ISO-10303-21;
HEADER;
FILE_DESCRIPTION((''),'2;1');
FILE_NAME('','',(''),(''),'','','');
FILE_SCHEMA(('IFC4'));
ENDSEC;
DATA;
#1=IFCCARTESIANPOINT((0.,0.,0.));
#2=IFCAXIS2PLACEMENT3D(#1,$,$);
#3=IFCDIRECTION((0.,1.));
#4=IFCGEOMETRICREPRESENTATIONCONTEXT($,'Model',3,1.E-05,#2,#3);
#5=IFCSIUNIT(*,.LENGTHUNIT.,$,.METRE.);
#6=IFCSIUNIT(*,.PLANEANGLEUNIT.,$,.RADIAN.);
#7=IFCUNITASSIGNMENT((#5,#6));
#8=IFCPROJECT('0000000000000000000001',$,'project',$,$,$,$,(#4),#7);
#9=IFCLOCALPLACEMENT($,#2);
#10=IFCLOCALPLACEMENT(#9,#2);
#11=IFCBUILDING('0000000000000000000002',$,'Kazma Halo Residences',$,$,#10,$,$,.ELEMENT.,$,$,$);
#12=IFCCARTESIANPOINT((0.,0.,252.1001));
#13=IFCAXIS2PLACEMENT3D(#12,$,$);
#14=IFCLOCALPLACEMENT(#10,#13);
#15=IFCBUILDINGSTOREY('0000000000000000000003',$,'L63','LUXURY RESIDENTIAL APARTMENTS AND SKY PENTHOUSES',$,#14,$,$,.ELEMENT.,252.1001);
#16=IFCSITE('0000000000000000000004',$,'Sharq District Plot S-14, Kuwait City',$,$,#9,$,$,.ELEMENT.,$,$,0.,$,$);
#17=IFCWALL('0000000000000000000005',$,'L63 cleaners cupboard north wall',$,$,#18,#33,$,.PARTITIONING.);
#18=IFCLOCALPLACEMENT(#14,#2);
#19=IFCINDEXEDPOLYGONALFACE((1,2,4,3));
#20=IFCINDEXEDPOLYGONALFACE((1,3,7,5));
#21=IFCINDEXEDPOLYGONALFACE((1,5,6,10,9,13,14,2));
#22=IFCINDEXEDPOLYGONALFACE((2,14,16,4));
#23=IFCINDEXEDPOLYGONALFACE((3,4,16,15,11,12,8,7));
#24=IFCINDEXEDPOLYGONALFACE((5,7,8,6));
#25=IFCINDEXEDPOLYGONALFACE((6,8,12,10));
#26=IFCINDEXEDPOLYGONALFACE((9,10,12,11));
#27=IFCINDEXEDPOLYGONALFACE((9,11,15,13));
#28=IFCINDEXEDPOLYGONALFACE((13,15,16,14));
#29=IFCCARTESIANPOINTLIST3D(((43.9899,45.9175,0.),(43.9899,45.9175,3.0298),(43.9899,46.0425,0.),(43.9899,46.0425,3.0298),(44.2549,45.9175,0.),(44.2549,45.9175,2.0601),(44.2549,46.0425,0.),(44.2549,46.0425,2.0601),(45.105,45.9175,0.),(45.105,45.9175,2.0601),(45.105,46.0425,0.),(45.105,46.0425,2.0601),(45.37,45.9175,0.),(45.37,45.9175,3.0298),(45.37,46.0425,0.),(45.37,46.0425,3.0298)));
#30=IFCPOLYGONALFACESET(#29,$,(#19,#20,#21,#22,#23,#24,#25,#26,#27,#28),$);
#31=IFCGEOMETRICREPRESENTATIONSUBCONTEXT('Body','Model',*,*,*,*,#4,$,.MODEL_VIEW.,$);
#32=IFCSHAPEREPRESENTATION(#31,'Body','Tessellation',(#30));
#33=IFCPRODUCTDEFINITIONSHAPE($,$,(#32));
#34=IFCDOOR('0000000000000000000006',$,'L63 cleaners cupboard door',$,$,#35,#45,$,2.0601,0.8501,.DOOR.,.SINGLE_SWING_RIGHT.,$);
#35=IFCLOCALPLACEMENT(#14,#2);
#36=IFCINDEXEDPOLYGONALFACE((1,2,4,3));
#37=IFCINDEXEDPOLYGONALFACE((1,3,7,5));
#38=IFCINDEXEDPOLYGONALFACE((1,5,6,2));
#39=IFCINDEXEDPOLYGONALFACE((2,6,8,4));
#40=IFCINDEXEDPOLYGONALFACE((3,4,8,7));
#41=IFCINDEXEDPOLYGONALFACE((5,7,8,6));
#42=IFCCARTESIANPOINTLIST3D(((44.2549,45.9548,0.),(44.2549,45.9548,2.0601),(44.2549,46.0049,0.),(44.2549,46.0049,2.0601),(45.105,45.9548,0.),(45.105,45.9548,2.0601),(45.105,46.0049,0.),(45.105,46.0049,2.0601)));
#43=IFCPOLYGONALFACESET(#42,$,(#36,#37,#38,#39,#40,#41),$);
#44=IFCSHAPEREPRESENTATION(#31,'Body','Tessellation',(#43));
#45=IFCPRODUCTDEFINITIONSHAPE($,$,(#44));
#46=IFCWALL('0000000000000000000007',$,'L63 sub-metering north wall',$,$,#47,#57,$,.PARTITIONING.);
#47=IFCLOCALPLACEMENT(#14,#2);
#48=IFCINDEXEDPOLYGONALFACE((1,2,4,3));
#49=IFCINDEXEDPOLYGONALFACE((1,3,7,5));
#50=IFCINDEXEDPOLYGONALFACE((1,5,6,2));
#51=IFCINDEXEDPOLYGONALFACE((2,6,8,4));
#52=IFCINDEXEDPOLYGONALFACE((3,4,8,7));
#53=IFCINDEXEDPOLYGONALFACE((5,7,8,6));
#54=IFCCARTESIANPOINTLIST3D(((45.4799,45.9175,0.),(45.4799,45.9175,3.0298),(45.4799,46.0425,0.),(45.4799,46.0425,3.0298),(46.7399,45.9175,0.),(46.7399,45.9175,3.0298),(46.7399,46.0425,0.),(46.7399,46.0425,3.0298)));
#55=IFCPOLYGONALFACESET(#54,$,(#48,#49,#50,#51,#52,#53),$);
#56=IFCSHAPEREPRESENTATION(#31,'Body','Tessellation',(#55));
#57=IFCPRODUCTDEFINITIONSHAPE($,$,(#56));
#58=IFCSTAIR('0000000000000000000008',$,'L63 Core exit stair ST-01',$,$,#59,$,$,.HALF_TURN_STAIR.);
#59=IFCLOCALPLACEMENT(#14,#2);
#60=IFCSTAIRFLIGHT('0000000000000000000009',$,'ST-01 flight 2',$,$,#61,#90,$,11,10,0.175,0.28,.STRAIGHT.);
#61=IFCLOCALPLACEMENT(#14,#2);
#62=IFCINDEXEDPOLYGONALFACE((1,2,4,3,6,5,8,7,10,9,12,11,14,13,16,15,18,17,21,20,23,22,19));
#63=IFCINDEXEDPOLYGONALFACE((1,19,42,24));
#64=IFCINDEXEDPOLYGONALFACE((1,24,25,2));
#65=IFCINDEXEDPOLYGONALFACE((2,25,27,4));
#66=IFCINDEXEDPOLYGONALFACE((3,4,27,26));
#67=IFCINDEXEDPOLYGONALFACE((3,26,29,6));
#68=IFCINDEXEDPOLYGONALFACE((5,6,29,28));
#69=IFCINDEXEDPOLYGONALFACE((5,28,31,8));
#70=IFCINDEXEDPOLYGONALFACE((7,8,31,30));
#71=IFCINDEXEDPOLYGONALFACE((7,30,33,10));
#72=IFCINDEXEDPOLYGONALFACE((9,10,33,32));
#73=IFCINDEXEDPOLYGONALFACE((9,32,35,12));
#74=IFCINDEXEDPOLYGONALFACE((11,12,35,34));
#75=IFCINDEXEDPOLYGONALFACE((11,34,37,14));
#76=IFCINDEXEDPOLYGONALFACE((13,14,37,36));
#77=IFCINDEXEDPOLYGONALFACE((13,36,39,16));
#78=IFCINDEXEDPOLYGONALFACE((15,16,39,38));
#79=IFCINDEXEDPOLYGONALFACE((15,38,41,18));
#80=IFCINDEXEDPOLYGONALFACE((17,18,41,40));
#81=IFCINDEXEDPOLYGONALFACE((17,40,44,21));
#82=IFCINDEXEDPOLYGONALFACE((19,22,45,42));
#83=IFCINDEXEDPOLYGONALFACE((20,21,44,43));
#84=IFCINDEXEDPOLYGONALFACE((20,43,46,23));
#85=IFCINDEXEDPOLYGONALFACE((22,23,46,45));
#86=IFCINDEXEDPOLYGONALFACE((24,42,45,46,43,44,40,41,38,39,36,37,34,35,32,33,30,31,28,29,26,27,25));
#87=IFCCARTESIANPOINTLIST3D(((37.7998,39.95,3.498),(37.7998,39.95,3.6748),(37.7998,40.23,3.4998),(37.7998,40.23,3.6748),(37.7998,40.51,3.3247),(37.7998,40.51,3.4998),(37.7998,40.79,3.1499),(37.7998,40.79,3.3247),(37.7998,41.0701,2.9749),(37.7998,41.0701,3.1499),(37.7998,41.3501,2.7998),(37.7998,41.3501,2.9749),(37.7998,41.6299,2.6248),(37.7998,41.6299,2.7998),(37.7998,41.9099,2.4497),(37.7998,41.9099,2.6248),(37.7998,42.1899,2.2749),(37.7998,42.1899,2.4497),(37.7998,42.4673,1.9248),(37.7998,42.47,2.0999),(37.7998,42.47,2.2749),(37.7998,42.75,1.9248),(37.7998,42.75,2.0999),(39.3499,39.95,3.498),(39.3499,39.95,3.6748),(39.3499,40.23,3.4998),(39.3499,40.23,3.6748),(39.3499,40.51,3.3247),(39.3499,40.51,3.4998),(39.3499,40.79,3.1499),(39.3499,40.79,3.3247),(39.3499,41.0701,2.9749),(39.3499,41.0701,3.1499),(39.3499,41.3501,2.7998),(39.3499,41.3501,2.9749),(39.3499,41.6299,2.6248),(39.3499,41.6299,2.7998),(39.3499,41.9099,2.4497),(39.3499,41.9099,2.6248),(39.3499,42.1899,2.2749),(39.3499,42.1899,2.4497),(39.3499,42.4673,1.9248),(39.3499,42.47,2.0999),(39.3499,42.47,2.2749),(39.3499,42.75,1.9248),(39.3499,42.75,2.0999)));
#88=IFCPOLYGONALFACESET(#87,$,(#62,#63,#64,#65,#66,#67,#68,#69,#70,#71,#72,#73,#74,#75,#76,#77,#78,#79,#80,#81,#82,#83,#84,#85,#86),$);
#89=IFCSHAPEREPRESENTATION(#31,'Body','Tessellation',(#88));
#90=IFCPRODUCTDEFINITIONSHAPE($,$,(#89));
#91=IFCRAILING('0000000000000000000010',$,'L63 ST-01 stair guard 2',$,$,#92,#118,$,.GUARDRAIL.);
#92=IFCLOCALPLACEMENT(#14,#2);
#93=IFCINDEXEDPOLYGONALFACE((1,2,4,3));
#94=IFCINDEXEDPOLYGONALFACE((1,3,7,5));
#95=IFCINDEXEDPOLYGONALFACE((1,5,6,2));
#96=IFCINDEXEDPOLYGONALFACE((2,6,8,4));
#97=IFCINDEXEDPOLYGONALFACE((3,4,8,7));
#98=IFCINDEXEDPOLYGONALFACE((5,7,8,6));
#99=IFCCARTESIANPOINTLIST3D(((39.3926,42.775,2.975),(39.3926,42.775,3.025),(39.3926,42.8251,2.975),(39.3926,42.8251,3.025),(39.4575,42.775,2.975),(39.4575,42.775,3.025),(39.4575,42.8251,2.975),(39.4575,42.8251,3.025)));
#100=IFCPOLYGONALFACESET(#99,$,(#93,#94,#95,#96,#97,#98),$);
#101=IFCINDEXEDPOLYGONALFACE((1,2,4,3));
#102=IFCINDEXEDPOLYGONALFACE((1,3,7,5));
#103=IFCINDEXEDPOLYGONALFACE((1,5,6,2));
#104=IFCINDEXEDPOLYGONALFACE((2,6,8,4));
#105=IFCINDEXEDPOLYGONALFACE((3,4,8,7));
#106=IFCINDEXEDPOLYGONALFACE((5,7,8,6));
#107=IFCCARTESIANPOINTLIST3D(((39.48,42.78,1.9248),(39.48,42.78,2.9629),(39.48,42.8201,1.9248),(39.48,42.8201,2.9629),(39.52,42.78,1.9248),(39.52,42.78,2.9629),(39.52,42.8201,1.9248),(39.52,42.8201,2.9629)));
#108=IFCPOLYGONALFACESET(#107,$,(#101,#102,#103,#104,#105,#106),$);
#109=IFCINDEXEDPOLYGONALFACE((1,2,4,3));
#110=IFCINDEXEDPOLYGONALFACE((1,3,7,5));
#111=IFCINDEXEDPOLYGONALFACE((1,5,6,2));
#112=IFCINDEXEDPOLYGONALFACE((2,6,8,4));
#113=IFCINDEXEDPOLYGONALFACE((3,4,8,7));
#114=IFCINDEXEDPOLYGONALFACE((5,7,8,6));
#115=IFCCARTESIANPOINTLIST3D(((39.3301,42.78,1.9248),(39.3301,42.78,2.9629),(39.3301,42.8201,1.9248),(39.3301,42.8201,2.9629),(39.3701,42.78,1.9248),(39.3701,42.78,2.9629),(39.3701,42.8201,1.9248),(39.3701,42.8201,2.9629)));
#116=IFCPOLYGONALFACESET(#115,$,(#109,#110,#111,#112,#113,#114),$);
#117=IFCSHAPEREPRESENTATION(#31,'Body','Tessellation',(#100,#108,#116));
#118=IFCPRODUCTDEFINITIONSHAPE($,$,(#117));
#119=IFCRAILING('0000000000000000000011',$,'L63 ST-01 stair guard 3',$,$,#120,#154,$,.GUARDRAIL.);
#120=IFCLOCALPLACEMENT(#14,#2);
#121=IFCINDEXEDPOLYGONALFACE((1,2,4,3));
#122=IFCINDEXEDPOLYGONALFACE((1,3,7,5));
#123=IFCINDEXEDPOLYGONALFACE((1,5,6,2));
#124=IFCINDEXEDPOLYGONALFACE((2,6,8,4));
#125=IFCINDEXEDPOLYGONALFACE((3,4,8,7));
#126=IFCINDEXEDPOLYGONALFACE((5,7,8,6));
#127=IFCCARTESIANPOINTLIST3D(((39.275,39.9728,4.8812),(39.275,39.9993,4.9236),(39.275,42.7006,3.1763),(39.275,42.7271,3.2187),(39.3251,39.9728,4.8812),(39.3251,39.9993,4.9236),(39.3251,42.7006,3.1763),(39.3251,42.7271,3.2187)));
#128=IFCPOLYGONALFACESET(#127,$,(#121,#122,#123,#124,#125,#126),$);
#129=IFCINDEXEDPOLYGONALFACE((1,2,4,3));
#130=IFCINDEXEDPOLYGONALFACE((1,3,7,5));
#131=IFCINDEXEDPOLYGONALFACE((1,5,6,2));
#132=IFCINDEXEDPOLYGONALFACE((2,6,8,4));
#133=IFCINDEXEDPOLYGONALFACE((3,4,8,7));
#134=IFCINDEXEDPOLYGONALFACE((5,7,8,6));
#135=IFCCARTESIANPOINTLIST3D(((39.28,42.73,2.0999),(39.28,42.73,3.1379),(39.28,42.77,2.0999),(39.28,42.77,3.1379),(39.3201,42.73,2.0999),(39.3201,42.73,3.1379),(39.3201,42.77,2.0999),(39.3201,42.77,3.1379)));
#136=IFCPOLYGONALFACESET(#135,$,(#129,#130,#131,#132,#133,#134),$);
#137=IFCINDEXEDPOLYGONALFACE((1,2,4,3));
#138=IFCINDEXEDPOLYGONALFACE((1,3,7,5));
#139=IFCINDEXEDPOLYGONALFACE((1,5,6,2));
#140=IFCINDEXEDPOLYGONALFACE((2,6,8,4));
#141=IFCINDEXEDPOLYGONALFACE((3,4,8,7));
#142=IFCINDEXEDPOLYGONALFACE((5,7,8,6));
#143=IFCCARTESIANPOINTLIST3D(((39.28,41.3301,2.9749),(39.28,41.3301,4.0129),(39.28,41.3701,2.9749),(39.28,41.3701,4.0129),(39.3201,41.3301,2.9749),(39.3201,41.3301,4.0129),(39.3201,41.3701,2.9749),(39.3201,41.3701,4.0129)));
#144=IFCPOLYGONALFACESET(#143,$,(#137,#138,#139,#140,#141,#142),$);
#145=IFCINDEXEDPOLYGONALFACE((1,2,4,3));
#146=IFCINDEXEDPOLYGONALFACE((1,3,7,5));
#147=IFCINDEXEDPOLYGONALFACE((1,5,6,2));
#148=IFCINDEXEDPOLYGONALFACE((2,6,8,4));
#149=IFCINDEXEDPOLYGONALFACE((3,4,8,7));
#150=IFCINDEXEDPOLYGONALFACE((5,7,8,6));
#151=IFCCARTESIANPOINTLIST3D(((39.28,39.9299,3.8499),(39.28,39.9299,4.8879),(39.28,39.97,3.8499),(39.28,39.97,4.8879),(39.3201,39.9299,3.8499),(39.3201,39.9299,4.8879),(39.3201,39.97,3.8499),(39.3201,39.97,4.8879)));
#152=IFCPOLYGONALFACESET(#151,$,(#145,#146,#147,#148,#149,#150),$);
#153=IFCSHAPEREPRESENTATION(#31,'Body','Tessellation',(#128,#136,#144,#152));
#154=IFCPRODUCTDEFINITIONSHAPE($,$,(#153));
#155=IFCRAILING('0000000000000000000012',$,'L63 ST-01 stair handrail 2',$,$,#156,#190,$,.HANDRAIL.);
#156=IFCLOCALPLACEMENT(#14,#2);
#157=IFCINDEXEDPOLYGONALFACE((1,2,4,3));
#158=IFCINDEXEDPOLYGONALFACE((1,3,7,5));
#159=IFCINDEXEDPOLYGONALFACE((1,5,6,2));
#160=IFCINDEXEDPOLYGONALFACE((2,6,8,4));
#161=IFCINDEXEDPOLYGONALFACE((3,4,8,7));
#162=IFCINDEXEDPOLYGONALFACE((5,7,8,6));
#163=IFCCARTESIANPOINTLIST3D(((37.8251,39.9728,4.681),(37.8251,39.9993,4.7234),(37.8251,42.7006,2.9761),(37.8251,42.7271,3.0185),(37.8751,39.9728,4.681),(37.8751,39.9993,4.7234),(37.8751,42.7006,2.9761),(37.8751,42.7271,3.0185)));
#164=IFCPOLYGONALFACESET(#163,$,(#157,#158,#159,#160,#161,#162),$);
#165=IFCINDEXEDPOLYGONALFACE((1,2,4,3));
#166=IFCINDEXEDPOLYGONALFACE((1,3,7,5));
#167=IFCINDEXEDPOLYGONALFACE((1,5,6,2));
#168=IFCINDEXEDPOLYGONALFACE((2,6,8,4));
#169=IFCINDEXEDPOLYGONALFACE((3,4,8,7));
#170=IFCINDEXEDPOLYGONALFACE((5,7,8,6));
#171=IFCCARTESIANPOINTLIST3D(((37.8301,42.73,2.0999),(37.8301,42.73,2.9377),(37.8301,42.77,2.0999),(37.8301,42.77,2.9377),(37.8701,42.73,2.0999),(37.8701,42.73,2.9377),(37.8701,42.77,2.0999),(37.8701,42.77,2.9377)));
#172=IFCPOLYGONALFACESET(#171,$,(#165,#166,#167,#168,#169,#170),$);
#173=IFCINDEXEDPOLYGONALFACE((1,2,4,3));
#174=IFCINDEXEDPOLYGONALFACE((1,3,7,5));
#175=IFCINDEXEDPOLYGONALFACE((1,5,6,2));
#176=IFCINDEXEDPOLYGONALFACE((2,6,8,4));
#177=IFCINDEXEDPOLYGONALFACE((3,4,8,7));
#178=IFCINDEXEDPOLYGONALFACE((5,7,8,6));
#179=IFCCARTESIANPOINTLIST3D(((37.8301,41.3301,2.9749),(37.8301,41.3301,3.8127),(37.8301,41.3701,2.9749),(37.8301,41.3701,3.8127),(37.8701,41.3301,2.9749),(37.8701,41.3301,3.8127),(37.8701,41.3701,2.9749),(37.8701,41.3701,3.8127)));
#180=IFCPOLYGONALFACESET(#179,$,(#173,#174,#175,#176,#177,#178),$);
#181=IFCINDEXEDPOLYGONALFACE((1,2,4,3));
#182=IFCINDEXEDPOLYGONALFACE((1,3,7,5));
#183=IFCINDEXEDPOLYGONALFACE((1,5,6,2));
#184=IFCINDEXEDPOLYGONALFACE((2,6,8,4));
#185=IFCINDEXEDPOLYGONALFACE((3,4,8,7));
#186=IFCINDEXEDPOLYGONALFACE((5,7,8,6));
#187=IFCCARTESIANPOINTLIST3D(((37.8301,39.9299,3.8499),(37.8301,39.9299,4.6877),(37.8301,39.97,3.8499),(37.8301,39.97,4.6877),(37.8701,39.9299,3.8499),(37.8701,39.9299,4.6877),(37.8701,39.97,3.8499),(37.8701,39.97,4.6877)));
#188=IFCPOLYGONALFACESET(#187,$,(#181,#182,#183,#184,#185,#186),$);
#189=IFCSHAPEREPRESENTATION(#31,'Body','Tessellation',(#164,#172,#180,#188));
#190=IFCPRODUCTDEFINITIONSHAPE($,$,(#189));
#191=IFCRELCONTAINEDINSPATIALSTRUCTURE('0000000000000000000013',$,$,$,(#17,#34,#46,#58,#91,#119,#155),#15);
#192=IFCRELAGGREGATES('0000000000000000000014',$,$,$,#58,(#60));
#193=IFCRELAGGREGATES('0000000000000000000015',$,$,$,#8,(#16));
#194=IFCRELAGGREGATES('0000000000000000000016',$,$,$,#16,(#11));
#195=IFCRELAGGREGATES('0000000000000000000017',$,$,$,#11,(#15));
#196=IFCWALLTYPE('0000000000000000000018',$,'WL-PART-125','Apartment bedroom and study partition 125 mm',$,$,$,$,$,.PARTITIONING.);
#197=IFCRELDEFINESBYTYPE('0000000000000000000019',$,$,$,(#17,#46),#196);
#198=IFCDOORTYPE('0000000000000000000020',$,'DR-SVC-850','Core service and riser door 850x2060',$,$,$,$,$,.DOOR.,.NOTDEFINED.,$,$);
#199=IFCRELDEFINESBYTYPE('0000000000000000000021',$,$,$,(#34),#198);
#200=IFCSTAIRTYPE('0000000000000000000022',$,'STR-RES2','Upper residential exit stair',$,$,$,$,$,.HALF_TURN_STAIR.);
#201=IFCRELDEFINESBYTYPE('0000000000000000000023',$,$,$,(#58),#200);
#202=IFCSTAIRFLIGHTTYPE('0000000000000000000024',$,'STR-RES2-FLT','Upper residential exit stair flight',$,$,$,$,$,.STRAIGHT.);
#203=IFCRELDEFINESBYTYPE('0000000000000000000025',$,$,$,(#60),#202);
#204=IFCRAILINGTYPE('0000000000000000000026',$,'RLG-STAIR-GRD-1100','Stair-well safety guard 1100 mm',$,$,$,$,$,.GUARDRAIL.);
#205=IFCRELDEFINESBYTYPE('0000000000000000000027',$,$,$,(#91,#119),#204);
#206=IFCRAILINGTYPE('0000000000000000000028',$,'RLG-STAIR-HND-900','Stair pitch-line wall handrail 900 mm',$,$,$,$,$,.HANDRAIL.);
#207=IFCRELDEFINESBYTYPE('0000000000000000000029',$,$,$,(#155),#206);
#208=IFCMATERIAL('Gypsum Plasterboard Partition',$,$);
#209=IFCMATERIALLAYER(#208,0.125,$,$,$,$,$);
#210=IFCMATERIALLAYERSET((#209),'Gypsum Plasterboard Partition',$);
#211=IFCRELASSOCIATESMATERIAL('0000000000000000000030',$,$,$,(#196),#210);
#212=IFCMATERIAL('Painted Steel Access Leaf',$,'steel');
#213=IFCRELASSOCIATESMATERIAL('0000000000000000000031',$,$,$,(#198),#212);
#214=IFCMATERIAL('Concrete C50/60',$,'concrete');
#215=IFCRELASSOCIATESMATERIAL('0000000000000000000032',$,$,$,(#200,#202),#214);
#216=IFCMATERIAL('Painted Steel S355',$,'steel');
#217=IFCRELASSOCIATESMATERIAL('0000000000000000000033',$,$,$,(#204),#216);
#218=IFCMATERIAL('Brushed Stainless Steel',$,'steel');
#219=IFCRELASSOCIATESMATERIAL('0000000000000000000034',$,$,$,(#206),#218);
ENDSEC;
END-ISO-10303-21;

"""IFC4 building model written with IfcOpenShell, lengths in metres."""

from ifc_helpers import new_model, si_unit, direction, frame, frame_2d, origin, origin_2d, place, context, subcontext, project, spatial, polyline, rectangle, outline, extrude, material, layer, layer_set, type_object, element, fill, aggregate, save


model = new_model("IFC4")

# Units and contexts
model_context = context("Model", 3, precision=1e-05, world=origin(), true_north=direction((0.0, 1.0)))
body_context = subcontext(model_context, "Body", "Model", "MODEL_VIEW")
ifc_project = project(units=[si_unit("LENGTHUNIT", "METRE"), si_unit("PLANEANGLEUNIT", "RADIAN")], contexts=[model_context])

# Site, building, storey
site_placement = place(None, origin())
site = spatial("IfcSite", under=ifc_project, at=site_placement, Name="Sharq District Plot S-14, Kuwait City", CompositionType="ELEMENT", RefElevation=0.0)
building_placement = place(site_placement, origin())
building = spatial("IfcBuilding", under=site, at=building_placement, Name="Kazma Halo Residences", CompositionType="ELEMENT")
storey_placement = place(building_placement, frame((0.0, 0.0, 252.1001)))
storey = spatial("IfcBuildingStorey", under=building, at=storey_placement, Name="L63", Description="LUXURY RESIDENTIAL APARTMENTS AND SKY PENTHOUSES", CompositionType="ELEMENT", Elevation=252.1001)

# Shared definitions
ifc_material_1 = material(Name="Gypsum Plasterboard Partition")
ifc_layer_1 = layer(ifc_material_1, 0.125)
ifc_layer_set_1 = layer_set([ifc_layer_1], Name="Gypsum Plasterboard Partition")
wall_type_1 = type_object("IfcWallType", Name="WL-PART-125", Description="Apartment bedroom and study partition 125 mm", PredefinedType="PARTITIONING", material=ifc_layer_set_1)

# Shared definitions
ifc_material_2 = material(Name="Painted Steel Access Leaf", Category="steel")
door_type_1 = type_object("IfcDoorType", Name="DR-SVC-850", Description="Core service and riser door 850x2060", OperationType="NOTDEFINED", PredefinedType="DOOR", material=ifc_material_2)

# Wall, opening, door
wall_1_placement = place(storey_placement, frame((43.99, 45.98, 0.0), z_axis=(0.0, 0.0, 1.0), x_axis=(1.0, 0.0, 0.0)))
wall_1 = element("IfcWall", 1, at=wall_1_placement, inside=storey, type_object=wall_type_1, Name="L63 cleaners cupboard north wall", PredefinedType="PARTITIONING", context=body_context, shape_type="SweptSolid", body=[
    extrude(rectangle(XDim=1.3801, YDim=0.125, at=frame_2d((0.6899, 0.0))), origin(), (0.0, 0.0, 1.0), 3.0298),
])
opening_1_placement = place(wall_1_placement, frame((0.2649, 0.0, 0.0)))
opening_1 = element("IfcOpeningElement", 2, at=opening_1_placement, cuts=wall_1, PredefinedType="OPENING", context=body_context, shape_type="SweptSolid", body=[
    extrude(rectangle(XDim=0.8501, YDim=2.0601, at=frame_2d((0.425, 1.03))), frame((0.0, 0.0725, 0.0), z_axis=(0.0, -1.0, 0.0), x_axis=(1.0, 0.0, 0.0)), (0.0, 0.0, 1.0), 0.145),
])
door_1_placement = place(opening_1_placement, origin())
door_1 = element("IfcDoor", 3, at=door_1_placement, inside=storey, type_object=door_type_1, Name="L63 cleaners cupboard door", OperationType="SINGLE_SWING_RIGHT", OverallHeight=2.0601, OverallWidth=0.8501, PredefinedType="DOOR", context=body_context, shape_type="SweptSolid", body=[
    extrude(rectangle(XDim=0.8501, YDim=2.0601, at=frame_2d((0.425, 1.03))), frame((0.0, 0.0249, 0.0), z_axis=(0.0, -1.0, 0.0), x_axis=(1.0, 0.0, 0.0)), (0.0, 0.0, 1.0), 0.05),
])
fill(opening_1, door_1)

# Wall
wall_2_placement = place(storey_placement, frame((45.48, 45.98, 0.0), z_axis=(0.0, 0.0, 1.0), x_axis=(1.0, 0.0, 0.0)))
element("IfcWall", 4, at=wall_2_placement, inside=storey, type_object=wall_type_1, Name="L63 sub-metering north wall", PredefinedType="PARTITIONING", context=body_context, shape_type="SweptSolid", body=[
    extrude(rectangle(XDim=1.26, YDim=0.125, at=frame_2d((0.6299, 0.0))), origin(), (0.0, 0.0, 1.0), 3.0298),
])

# Stair, stair flight
ifc_material_3 = material(Name="Concrete C50/60", Category="concrete")
stair_type = type_object("IfcStairType", Name="STR-RES2", Description="Upper residential exit stair", PredefinedType="HALF_TURN_STAIR", material=ifc_material_3)
stair_placement = place(storey_placement, origin())
stair = element("IfcStair", 5, at=stair_placement, inside=storey, type_object=stair_type, Name="L63 Core exit stair ST-01", PredefinedType="HALF_TURN_STAIR")
stair_flight_type = type_object("IfcStairFlightType", Name="STR-RES2-FLT", Description="Upper residential exit stair flight", PredefinedType="STRAIGHT", material=ifc_material_3)
stair_flight_placement = place(storey_placement, frame((38.575, 42.75, 1.9248), z_axis=(0.0, 0.0, 1.0), x_axis=(0.0, -1.0, 0.0)))
stair_flight = element("IfcStairFlight", 6, at=stair_flight_placement, type_object=stair_flight_type, Name="ST-01 flight 2", NumberOfRisers=11, NumberOfTreads=10, PredefinedType="STRAIGHT", RiserHeight=0.175, TreadLength=0.28, context=body_context, shape_type="SweptSolid", body=[
    extrude(outline(polyline([(0.0, 0.0), (0.0, 0.175), (0.28, 0.175), (0.28, 0.3501), (0.5601, 0.3501), (0.5601, 0.5249), (0.8401, 0.5249), (0.8401, 0.7), (1.1201, 0.7), (1.1201, 0.875), (1.3999, 0.875), (1.3999, 1.05), (1.6799, 1.05), (1.6799, 1.2251), (1.96, 1.2251), (1.96, 1.3999), (2.24, 1.3999), (2.24, 1.575), (2.52, 1.575), (2.52, 1.75), (2.8, 1.75), (2.8, 1.925), (2.8, 1.5732), (0.2827, 0.0), (0.0, 0.0)])), frame((0.0, 0.7749, 0.0), z_axis=(0.0, -1.0, 0.0), x_axis=(1.0, 0.0, 0.0)), (0.0, 0.0, 1.0), 1.55),
])
aggregate(stair, [stair_flight])

# Railings
ifc_material_4 = material(Name="Painted Steel S355", Category="steel")
railing_type_1 = type_object("IfcRailingType", Name="RLG-STAIR-GRD-1100", Description="Stair-well safety guard 1100 mm", PredefinedType="GUARDRAIL", material=ifc_material_4)
railing_1_placement = place(storey_placement, frame((39.5, 42.8, 1.9248)))
element("IfcRailing", 7, at=railing_1_placement, inside=storey, type_object=railing_type_1, Name="L63 ST-01 stair guard 2", PredefinedType="GUARDRAIL", context=body_context, shape_type="SweptSolid", body=[
    extrude(rectangle(XDim=0.05, YDim=0.05, at=origin_2d()), frame((-0.0425, 0.0, 1.0752), z_axis=(-1.0, 0.0, 0.0), x_axis=(0.0, -1.0, 0.0)), (0.0, 0.0, 1.0), 0.0649),
    extrude(rectangle(XDim=0.04, YDim=0.04, at=origin_2d()), origin(), (0.0, 0.0, 1.0), 1.0381),
    extrude(rectangle(XDim=0.04, YDim=0.04, at=origin_2d()), frame((-0.1499, 0.0, 0.0)), (0.0, 0.0, 1.0), 1.0381),
])
railing_2_placement = place(storey_placement, frame((39.3, 42.75, 2.0999)))
element("IfcRailing", 8, at=railing_2_placement, inside=storey, type_object=railing_type_1, Name="L63 ST-01 stair guard 3", PredefinedType="GUARDRAIL", context=body_context, shape_type="SweptSolid", body=[
    extrude(rectangle(XDim=0.05, YDim=0.05, at=origin_2d()), frame((0.0, -0.0361, 1.0977), z_axis=(0.0, -0.848002, 0.529992), x_axis=(1.0, 0.0, 0.0)), (0.0, 0.0, 1.0), 3.2168),
    extrude(rectangle(XDim=0.04, YDim=0.04, at=origin_2d()), origin(), (0.0, 0.0, 1.0), 1.0381),
    extrude(rectangle(XDim=0.04, YDim=0.04, at=origin_2d()), frame((0.0, -1.3999, 0.875)), (0.0, 0.0, 1.0), 1.0381),
    extrude(rectangle(XDim=0.04, YDim=0.04, at=origin_2d()), frame((0.0, -2.8, 1.75)), (0.0, 0.0, 1.0), 1.0381),
])
ifc_material_5 = material(Name="Brushed Stainless Steel", Category="steel")
railing_type_2 = type_object("IfcRailingType", Name="RLG-STAIR-HND-900", Description="Stair pitch-line wall handrail 900 mm", PredefinedType="HANDRAIL", material=ifc_material_5)
railing_3_placement = place(storey_placement, frame((37.8501, 42.75, 2.0999)))
element("IfcRailing", 9, at=railing_3_placement, inside=storey, type_object=railing_type_2, Name="L63 ST-01 stair handrail 2", PredefinedType="HANDRAIL", context=body_context, shape_type="SweptSolid", body=[
    extrude(rectangle(XDim=0.05, YDim=0.05, at=origin_2d()), frame((0.0, -0.0361, 0.8975), z_axis=(0.0, -0.848002, 0.529992), x_axis=(1.0, 0.0, 0.0)), (0.0, 0.0, 1.0), 3.2168),
    extrude(rectangle(XDim=0.04, YDim=0.04, at=origin_2d()), origin(), (0.0, 0.0, 1.0), 0.8379),
    extrude(rectangle(XDim=0.04, YDim=0.04, at=origin_2d()), frame((0.0, -1.3999, 0.875)), (0.0, 0.0, 1.0), 0.8379),
    extrude(rectangle(XDim=0.04, YDim=0.04, at=origin_2d()), frame((0.0, -2.8, 1.75)), (0.0, 0.0, 1.0), 0.8379),
])

save(model, "model.ifc")
